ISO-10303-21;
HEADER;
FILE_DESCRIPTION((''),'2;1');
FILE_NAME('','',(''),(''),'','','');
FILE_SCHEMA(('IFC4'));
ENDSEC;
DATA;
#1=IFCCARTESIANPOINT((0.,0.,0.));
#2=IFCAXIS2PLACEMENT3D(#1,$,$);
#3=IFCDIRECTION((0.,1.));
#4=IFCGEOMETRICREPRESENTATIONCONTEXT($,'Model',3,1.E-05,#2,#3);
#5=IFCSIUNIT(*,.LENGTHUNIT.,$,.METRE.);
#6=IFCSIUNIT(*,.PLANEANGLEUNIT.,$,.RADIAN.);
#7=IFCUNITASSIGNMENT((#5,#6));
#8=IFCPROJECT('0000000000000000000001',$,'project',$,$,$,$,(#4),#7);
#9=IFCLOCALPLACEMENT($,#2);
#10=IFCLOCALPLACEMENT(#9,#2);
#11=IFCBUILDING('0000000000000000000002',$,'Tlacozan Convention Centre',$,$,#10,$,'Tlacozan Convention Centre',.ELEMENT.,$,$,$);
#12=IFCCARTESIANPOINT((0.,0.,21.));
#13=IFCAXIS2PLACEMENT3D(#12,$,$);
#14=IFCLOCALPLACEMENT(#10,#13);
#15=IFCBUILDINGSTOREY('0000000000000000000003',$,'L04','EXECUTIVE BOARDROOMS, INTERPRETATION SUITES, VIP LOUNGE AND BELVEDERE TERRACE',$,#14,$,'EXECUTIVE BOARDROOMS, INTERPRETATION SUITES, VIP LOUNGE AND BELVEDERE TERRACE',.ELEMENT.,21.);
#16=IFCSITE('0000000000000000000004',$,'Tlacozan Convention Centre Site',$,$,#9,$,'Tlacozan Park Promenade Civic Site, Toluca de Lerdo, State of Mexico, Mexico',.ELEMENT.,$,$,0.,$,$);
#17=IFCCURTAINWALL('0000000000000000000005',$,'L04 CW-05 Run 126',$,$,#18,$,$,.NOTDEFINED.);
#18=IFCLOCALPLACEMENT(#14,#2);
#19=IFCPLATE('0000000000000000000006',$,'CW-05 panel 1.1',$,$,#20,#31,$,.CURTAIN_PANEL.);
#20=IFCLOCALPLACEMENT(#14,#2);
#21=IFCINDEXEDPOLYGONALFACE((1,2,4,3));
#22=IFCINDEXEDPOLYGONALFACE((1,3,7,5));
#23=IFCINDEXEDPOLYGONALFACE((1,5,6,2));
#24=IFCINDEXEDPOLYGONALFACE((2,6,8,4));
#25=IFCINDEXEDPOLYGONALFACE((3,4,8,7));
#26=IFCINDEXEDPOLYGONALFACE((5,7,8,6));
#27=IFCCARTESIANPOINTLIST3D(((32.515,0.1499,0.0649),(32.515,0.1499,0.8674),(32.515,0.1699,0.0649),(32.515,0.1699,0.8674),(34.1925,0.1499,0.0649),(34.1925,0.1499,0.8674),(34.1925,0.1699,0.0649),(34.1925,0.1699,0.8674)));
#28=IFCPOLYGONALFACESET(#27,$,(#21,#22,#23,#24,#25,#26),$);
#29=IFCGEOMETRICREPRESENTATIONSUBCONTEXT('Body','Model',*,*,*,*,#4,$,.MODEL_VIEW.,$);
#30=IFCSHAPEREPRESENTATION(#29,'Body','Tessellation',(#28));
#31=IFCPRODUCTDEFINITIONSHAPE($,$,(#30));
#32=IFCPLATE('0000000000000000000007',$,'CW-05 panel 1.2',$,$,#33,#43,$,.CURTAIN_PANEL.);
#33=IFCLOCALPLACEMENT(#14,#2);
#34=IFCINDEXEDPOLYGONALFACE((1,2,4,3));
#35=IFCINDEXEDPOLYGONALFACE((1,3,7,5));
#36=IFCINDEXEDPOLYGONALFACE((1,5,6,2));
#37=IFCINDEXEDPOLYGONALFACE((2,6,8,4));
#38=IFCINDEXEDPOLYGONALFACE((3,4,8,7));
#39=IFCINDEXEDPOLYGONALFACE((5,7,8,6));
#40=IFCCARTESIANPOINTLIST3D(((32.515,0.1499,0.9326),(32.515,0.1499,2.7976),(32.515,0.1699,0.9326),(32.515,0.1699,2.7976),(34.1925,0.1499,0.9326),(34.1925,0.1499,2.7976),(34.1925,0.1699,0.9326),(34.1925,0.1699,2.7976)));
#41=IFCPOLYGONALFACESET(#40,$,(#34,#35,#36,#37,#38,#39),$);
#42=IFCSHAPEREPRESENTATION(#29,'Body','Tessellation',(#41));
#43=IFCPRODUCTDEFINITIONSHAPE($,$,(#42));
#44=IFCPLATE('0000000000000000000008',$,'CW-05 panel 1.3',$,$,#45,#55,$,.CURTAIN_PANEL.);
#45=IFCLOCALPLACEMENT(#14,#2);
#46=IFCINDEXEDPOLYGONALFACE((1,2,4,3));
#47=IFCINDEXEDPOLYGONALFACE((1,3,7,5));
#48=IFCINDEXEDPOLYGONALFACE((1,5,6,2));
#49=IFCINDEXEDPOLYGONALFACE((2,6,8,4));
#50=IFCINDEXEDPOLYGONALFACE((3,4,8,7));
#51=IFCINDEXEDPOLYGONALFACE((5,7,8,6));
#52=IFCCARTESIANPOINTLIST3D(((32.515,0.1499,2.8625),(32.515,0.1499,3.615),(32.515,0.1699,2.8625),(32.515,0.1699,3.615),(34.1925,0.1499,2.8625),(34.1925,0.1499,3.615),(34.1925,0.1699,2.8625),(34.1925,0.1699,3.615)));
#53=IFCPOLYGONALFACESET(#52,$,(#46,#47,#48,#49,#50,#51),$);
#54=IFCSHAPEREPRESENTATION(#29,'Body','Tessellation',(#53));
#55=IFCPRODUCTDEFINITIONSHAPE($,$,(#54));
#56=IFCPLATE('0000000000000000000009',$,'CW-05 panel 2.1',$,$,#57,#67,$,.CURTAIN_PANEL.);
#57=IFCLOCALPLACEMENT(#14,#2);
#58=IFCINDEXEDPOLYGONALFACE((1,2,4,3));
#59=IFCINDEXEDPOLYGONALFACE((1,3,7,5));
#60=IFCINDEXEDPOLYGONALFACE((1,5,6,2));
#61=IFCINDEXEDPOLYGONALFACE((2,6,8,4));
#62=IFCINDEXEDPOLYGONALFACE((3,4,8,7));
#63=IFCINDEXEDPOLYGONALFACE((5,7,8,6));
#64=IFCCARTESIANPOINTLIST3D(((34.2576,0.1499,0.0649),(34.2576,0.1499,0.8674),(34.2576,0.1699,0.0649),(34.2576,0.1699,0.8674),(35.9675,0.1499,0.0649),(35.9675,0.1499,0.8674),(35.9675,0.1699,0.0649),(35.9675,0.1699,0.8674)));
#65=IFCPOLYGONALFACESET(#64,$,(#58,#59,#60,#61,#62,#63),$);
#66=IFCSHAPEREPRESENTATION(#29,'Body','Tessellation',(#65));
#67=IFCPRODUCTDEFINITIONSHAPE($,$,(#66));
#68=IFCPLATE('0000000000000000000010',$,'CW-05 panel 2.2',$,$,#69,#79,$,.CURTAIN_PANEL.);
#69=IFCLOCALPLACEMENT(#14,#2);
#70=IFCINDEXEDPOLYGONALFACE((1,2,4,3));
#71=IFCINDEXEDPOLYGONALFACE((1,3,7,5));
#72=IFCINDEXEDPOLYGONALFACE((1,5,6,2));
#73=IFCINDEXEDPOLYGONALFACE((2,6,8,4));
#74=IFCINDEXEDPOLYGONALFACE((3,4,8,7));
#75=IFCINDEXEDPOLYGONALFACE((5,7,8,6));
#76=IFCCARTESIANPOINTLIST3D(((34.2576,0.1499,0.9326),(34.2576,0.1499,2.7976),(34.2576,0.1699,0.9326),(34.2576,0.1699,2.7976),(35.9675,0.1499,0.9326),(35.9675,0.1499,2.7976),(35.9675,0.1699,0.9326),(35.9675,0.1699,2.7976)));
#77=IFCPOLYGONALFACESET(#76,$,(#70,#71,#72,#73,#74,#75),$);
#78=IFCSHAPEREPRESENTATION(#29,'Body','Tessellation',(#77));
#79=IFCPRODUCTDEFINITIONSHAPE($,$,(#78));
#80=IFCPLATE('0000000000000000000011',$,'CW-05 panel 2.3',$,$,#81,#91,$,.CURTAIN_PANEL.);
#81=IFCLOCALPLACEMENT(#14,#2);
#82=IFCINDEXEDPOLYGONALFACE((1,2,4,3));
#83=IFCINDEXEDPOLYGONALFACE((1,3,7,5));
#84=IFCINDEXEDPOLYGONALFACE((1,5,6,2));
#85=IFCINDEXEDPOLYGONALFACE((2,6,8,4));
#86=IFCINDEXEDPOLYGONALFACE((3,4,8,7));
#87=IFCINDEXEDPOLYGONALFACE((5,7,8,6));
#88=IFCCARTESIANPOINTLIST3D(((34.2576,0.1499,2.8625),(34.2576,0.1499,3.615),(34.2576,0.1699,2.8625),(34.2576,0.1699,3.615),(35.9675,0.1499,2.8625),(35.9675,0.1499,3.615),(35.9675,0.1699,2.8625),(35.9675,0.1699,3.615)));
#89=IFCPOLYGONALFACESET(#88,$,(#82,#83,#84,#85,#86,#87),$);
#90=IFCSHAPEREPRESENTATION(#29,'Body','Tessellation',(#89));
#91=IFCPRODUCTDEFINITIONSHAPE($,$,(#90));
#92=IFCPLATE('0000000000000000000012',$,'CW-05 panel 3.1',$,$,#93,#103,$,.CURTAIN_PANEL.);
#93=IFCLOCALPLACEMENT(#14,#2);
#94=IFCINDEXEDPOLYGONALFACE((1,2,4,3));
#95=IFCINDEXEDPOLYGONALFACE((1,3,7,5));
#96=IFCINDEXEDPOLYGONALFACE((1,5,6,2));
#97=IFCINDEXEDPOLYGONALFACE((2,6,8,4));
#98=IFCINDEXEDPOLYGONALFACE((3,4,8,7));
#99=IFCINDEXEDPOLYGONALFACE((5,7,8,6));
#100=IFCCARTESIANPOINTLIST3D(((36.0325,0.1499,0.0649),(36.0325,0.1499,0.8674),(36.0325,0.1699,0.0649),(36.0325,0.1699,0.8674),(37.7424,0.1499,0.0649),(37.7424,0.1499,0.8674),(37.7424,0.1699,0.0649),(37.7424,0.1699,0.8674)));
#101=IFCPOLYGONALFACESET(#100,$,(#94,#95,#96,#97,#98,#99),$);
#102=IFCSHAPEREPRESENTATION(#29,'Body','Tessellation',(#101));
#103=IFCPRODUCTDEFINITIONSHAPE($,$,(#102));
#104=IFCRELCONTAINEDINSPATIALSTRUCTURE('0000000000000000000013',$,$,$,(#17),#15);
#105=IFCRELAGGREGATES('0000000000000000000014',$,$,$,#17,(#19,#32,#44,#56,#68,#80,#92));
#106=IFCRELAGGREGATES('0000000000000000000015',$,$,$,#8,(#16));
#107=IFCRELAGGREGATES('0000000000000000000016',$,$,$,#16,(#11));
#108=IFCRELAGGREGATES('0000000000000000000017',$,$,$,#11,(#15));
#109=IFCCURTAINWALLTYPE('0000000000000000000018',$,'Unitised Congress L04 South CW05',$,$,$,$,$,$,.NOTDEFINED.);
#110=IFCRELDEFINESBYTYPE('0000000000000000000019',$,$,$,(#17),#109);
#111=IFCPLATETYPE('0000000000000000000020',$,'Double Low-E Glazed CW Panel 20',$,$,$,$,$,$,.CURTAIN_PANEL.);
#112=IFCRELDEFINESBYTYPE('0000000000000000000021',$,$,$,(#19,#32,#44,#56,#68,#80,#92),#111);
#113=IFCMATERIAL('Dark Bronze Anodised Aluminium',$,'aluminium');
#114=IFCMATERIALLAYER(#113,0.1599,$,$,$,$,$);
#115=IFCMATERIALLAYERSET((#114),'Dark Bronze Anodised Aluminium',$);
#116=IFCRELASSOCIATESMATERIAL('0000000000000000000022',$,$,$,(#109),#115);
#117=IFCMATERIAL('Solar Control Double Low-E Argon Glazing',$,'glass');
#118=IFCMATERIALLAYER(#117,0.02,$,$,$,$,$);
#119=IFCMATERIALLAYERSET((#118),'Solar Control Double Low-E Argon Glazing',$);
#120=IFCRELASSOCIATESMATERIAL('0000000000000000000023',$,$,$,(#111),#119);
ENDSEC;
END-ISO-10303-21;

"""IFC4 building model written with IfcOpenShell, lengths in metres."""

from ifc_helpers import new_model, si_unit, direction, frame, origin, origin_2d, place, context, subcontext, project, spatial, rectangle, extrude, material, layer, layer_set, type_object, element, aggregate, save


model = new_model("IFC4")

# Units and contexts
model_context = context("Model", 3, precision=1e-05, world=origin(), true_north=direction((0.0, 1.0)))
body_context = subcontext(model_context, "Body", "Model", "MODEL_VIEW")
ifc_project = project(units=[si_unit("LENGTHUNIT", "METRE"), si_unit("PLANEANGLEUNIT", "RADIAN")], contexts=[model_context])

# Site, building, storey
site_placement = place(None, origin())
site = spatial("IfcSite", under=ifc_project, at=site_placement, Name="Tlacozan Convention Centre Site", LongName="Tlacozan Park Promenade Civic Site, Toluca de Lerdo, State of Mexico, Mexico", CompositionType="ELEMENT", RefElevation=0.0)
building_placement = place(site_placement, origin())
building = spatial("IfcBuilding", under=site, at=building_placement, Name="Tlacozan Convention Centre", LongName="Tlacozan Convention Centre", CompositionType="ELEMENT")
storey_placement = place(building_placement, frame((0.0, 0.0, 21.0)))
storey = spatial("IfcBuildingStorey", under=building, at=storey_placement, Name="L04", Description="EXECUTIVE BOARDROOMS, INTERPRETATION SUITES, VIP LOUNGE AND BELVEDERE TERRACE", LongName="EXECUTIVE BOARDROOMS, INTERPRETATION SUITES, VIP LOUNGE AND BELVEDERE TERRACE", CompositionType="ELEMENT", Elevation=21.0)

# Curtain wall
ifc_material_1 = material(Name="Dark Bronze Anodised Aluminium", Category="aluminium")
ifc_layer_1 = layer(ifc_material_1, 0.1599)
ifc_layer_set_1 = layer_set([ifc_layer_1], Name="Dark Bronze Anodised Aluminium")
curtain_wall_type = type_object("IfcCurtainWallType", Name="Unitised Congress L04 South CW05", PredefinedType="NOTDEFINED", material=ifc_layer_set_1)
curtain_wall_placement = place(storey_placement, origin())
curtain_wall = element("IfcCurtainWall", 1, at=curtain_wall_placement, inside=storey, type_object=curtain_wall_type, Name="L04 CW-05 Run 126", PredefinedType="NOTDEFINED")

# Plates
ifc_material_2 = material(Name="Solar Control Double Low-E Argon Glazing", Category="glass")
ifc_layer_2 = layer(ifc_material_2, 0.02)
ifc_layer_set_2 = layer_set([ifc_layer_2], Name="Solar Control Double Low-E Argon Glazing")
plate_type = type_object("IfcPlateType", Name="Double Low-E Glazed CW Panel 20", PredefinedType="CURTAIN_PANEL", material=ifc_layer_set_2)
plate_1_placement = place(storey_placement, frame((33.3538, 0.1599, 0.0649), z_axis=(0.0, 0.0, 1.0), x_axis=(1.0, 0.0, 0.0)))
plate_1 = element("IfcPlate", 2, at=plate_1_placement, type_object=plate_type, Name="CW-05 panel 1.1", PredefinedType="CURTAIN_PANEL", context=body_context, shape_type="SweptSolid", body=[
    extrude(rectangle(XDim=1.6775, YDim=0.02, at=origin_2d()), origin(), (0.0, 0.0, 1.0), 0.8025),
])
plate_2_placement = place(storey_placement, frame((33.3538, 0.1599, 0.9326), z_axis=(0.0, 0.0, 1.0), x_axis=(1.0, 0.0, 0.0)))
plate_2 = element("IfcPlate", 3, at=plate_2_placement, type_object=plate_type, Name="CW-05 panel 1.2", PredefinedType="CURTAIN_PANEL", context=body_context, shape_type="SweptSolid", body=[
    extrude(rectangle(XDim=1.6775, YDim=0.02, at=origin_2d()), origin(), (0.0, 0.0, 1.0), 1.865),
])
plate_3_placement = place(storey_placement, frame((33.3538, 0.1599, 2.8625), z_axis=(0.0, 0.0, 1.0), x_axis=(1.0, 0.0, 0.0)))
plate_3 = element("IfcPlate", 4, at=plate_3_placement, type_object=plate_type, Name="CW-05 panel 1.3", PredefinedType="CURTAIN_PANEL", context=body_context, shape_type="SweptSolid", body=[
    extrude(rectangle(XDim=1.6775, YDim=0.02, at=origin_2d()), origin(), (0.0, 0.0, 1.0), 0.7524),
])
plate_4_placement = place(storey_placement, frame((35.1125, 0.1599, 0.0649), z_axis=(0.0, 0.0, 1.0), x_axis=(1.0, 0.0, 0.0)))
plate_4 = element("IfcPlate", 5, at=plate_4_placement, type_object=plate_type, Name="CW-05 panel 2.1", PredefinedType="CURTAIN_PANEL", context=body_context, shape_type="SweptSolid", body=[
    extrude(rectangle(XDim=1.71, YDim=0.02, at=origin_2d()), origin(), (0.0, 0.0, 1.0), 0.8025),
])
plate_5_placement = place(storey_placement, frame((35.1125, 0.1599, 0.9326), z_axis=(0.0, 0.0, 1.0), x_axis=(1.0, 0.0, 0.0)))
plate_5 = element("IfcPlate", 6, at=plate_5_placement, type_object=plate_type, Name="CW-05 panel 2.2", PredefinedType="CURTAIN_PANEL", context=body_context, shape_type="SweptSolid", body=[
    extrude(rectangle(XDim=1.71, YDim=0.02, at=origin_2d()), origin(), (0.0, 0.0, 1.0), 1.865),
])
plate_6_placement = place(storey_placement, frame((35.1125, 0.1599, 2.8625), z_axis=(0.0, 0.0, 1.0), x_axis=(1.0, 0.0, 0.0)))
plate_6 = element("IfcPlate", 7, at=plate_6_placement, type_object=plate_type, Name="CW-05 panel 2.3", PredefinedType="CURTAIN_PANEL", context=body_context, shape_type="SweptSolid", body=[
    extrude(rectangle(XDim=1.71, YDim=0.02, at=origin_2d()), origin(), (0.0, 0.0, 1.0), 0.7524),
])
plate_7_placement = place(storey_placement, frame((36.8875, 0.1599, 0.0649), z_axis=(0.0, 0.0, 1.0), x_axis=(1.0, 0.0, 0.0)))
plate_7 = element("IfcPlate", 8, at=plate_7_placement, type_object=plate_type, Name="CW-05 panel 3.1", PredefinedType="CURTAIN_PANEL", context=body_context, shape_type="SweptSolid", body=[
    extrude(rectangle(XDim=1.71, YDim=0.02, at=origin_2d()), origin(), (0.0, 0.0, 1.0), 0.8025),
])
aggregate(curtain_wall, [plate_1, plate_2, plate_3, plate_4, plate_5, plate_6, plate_7])

save(model, "model.ifc")
